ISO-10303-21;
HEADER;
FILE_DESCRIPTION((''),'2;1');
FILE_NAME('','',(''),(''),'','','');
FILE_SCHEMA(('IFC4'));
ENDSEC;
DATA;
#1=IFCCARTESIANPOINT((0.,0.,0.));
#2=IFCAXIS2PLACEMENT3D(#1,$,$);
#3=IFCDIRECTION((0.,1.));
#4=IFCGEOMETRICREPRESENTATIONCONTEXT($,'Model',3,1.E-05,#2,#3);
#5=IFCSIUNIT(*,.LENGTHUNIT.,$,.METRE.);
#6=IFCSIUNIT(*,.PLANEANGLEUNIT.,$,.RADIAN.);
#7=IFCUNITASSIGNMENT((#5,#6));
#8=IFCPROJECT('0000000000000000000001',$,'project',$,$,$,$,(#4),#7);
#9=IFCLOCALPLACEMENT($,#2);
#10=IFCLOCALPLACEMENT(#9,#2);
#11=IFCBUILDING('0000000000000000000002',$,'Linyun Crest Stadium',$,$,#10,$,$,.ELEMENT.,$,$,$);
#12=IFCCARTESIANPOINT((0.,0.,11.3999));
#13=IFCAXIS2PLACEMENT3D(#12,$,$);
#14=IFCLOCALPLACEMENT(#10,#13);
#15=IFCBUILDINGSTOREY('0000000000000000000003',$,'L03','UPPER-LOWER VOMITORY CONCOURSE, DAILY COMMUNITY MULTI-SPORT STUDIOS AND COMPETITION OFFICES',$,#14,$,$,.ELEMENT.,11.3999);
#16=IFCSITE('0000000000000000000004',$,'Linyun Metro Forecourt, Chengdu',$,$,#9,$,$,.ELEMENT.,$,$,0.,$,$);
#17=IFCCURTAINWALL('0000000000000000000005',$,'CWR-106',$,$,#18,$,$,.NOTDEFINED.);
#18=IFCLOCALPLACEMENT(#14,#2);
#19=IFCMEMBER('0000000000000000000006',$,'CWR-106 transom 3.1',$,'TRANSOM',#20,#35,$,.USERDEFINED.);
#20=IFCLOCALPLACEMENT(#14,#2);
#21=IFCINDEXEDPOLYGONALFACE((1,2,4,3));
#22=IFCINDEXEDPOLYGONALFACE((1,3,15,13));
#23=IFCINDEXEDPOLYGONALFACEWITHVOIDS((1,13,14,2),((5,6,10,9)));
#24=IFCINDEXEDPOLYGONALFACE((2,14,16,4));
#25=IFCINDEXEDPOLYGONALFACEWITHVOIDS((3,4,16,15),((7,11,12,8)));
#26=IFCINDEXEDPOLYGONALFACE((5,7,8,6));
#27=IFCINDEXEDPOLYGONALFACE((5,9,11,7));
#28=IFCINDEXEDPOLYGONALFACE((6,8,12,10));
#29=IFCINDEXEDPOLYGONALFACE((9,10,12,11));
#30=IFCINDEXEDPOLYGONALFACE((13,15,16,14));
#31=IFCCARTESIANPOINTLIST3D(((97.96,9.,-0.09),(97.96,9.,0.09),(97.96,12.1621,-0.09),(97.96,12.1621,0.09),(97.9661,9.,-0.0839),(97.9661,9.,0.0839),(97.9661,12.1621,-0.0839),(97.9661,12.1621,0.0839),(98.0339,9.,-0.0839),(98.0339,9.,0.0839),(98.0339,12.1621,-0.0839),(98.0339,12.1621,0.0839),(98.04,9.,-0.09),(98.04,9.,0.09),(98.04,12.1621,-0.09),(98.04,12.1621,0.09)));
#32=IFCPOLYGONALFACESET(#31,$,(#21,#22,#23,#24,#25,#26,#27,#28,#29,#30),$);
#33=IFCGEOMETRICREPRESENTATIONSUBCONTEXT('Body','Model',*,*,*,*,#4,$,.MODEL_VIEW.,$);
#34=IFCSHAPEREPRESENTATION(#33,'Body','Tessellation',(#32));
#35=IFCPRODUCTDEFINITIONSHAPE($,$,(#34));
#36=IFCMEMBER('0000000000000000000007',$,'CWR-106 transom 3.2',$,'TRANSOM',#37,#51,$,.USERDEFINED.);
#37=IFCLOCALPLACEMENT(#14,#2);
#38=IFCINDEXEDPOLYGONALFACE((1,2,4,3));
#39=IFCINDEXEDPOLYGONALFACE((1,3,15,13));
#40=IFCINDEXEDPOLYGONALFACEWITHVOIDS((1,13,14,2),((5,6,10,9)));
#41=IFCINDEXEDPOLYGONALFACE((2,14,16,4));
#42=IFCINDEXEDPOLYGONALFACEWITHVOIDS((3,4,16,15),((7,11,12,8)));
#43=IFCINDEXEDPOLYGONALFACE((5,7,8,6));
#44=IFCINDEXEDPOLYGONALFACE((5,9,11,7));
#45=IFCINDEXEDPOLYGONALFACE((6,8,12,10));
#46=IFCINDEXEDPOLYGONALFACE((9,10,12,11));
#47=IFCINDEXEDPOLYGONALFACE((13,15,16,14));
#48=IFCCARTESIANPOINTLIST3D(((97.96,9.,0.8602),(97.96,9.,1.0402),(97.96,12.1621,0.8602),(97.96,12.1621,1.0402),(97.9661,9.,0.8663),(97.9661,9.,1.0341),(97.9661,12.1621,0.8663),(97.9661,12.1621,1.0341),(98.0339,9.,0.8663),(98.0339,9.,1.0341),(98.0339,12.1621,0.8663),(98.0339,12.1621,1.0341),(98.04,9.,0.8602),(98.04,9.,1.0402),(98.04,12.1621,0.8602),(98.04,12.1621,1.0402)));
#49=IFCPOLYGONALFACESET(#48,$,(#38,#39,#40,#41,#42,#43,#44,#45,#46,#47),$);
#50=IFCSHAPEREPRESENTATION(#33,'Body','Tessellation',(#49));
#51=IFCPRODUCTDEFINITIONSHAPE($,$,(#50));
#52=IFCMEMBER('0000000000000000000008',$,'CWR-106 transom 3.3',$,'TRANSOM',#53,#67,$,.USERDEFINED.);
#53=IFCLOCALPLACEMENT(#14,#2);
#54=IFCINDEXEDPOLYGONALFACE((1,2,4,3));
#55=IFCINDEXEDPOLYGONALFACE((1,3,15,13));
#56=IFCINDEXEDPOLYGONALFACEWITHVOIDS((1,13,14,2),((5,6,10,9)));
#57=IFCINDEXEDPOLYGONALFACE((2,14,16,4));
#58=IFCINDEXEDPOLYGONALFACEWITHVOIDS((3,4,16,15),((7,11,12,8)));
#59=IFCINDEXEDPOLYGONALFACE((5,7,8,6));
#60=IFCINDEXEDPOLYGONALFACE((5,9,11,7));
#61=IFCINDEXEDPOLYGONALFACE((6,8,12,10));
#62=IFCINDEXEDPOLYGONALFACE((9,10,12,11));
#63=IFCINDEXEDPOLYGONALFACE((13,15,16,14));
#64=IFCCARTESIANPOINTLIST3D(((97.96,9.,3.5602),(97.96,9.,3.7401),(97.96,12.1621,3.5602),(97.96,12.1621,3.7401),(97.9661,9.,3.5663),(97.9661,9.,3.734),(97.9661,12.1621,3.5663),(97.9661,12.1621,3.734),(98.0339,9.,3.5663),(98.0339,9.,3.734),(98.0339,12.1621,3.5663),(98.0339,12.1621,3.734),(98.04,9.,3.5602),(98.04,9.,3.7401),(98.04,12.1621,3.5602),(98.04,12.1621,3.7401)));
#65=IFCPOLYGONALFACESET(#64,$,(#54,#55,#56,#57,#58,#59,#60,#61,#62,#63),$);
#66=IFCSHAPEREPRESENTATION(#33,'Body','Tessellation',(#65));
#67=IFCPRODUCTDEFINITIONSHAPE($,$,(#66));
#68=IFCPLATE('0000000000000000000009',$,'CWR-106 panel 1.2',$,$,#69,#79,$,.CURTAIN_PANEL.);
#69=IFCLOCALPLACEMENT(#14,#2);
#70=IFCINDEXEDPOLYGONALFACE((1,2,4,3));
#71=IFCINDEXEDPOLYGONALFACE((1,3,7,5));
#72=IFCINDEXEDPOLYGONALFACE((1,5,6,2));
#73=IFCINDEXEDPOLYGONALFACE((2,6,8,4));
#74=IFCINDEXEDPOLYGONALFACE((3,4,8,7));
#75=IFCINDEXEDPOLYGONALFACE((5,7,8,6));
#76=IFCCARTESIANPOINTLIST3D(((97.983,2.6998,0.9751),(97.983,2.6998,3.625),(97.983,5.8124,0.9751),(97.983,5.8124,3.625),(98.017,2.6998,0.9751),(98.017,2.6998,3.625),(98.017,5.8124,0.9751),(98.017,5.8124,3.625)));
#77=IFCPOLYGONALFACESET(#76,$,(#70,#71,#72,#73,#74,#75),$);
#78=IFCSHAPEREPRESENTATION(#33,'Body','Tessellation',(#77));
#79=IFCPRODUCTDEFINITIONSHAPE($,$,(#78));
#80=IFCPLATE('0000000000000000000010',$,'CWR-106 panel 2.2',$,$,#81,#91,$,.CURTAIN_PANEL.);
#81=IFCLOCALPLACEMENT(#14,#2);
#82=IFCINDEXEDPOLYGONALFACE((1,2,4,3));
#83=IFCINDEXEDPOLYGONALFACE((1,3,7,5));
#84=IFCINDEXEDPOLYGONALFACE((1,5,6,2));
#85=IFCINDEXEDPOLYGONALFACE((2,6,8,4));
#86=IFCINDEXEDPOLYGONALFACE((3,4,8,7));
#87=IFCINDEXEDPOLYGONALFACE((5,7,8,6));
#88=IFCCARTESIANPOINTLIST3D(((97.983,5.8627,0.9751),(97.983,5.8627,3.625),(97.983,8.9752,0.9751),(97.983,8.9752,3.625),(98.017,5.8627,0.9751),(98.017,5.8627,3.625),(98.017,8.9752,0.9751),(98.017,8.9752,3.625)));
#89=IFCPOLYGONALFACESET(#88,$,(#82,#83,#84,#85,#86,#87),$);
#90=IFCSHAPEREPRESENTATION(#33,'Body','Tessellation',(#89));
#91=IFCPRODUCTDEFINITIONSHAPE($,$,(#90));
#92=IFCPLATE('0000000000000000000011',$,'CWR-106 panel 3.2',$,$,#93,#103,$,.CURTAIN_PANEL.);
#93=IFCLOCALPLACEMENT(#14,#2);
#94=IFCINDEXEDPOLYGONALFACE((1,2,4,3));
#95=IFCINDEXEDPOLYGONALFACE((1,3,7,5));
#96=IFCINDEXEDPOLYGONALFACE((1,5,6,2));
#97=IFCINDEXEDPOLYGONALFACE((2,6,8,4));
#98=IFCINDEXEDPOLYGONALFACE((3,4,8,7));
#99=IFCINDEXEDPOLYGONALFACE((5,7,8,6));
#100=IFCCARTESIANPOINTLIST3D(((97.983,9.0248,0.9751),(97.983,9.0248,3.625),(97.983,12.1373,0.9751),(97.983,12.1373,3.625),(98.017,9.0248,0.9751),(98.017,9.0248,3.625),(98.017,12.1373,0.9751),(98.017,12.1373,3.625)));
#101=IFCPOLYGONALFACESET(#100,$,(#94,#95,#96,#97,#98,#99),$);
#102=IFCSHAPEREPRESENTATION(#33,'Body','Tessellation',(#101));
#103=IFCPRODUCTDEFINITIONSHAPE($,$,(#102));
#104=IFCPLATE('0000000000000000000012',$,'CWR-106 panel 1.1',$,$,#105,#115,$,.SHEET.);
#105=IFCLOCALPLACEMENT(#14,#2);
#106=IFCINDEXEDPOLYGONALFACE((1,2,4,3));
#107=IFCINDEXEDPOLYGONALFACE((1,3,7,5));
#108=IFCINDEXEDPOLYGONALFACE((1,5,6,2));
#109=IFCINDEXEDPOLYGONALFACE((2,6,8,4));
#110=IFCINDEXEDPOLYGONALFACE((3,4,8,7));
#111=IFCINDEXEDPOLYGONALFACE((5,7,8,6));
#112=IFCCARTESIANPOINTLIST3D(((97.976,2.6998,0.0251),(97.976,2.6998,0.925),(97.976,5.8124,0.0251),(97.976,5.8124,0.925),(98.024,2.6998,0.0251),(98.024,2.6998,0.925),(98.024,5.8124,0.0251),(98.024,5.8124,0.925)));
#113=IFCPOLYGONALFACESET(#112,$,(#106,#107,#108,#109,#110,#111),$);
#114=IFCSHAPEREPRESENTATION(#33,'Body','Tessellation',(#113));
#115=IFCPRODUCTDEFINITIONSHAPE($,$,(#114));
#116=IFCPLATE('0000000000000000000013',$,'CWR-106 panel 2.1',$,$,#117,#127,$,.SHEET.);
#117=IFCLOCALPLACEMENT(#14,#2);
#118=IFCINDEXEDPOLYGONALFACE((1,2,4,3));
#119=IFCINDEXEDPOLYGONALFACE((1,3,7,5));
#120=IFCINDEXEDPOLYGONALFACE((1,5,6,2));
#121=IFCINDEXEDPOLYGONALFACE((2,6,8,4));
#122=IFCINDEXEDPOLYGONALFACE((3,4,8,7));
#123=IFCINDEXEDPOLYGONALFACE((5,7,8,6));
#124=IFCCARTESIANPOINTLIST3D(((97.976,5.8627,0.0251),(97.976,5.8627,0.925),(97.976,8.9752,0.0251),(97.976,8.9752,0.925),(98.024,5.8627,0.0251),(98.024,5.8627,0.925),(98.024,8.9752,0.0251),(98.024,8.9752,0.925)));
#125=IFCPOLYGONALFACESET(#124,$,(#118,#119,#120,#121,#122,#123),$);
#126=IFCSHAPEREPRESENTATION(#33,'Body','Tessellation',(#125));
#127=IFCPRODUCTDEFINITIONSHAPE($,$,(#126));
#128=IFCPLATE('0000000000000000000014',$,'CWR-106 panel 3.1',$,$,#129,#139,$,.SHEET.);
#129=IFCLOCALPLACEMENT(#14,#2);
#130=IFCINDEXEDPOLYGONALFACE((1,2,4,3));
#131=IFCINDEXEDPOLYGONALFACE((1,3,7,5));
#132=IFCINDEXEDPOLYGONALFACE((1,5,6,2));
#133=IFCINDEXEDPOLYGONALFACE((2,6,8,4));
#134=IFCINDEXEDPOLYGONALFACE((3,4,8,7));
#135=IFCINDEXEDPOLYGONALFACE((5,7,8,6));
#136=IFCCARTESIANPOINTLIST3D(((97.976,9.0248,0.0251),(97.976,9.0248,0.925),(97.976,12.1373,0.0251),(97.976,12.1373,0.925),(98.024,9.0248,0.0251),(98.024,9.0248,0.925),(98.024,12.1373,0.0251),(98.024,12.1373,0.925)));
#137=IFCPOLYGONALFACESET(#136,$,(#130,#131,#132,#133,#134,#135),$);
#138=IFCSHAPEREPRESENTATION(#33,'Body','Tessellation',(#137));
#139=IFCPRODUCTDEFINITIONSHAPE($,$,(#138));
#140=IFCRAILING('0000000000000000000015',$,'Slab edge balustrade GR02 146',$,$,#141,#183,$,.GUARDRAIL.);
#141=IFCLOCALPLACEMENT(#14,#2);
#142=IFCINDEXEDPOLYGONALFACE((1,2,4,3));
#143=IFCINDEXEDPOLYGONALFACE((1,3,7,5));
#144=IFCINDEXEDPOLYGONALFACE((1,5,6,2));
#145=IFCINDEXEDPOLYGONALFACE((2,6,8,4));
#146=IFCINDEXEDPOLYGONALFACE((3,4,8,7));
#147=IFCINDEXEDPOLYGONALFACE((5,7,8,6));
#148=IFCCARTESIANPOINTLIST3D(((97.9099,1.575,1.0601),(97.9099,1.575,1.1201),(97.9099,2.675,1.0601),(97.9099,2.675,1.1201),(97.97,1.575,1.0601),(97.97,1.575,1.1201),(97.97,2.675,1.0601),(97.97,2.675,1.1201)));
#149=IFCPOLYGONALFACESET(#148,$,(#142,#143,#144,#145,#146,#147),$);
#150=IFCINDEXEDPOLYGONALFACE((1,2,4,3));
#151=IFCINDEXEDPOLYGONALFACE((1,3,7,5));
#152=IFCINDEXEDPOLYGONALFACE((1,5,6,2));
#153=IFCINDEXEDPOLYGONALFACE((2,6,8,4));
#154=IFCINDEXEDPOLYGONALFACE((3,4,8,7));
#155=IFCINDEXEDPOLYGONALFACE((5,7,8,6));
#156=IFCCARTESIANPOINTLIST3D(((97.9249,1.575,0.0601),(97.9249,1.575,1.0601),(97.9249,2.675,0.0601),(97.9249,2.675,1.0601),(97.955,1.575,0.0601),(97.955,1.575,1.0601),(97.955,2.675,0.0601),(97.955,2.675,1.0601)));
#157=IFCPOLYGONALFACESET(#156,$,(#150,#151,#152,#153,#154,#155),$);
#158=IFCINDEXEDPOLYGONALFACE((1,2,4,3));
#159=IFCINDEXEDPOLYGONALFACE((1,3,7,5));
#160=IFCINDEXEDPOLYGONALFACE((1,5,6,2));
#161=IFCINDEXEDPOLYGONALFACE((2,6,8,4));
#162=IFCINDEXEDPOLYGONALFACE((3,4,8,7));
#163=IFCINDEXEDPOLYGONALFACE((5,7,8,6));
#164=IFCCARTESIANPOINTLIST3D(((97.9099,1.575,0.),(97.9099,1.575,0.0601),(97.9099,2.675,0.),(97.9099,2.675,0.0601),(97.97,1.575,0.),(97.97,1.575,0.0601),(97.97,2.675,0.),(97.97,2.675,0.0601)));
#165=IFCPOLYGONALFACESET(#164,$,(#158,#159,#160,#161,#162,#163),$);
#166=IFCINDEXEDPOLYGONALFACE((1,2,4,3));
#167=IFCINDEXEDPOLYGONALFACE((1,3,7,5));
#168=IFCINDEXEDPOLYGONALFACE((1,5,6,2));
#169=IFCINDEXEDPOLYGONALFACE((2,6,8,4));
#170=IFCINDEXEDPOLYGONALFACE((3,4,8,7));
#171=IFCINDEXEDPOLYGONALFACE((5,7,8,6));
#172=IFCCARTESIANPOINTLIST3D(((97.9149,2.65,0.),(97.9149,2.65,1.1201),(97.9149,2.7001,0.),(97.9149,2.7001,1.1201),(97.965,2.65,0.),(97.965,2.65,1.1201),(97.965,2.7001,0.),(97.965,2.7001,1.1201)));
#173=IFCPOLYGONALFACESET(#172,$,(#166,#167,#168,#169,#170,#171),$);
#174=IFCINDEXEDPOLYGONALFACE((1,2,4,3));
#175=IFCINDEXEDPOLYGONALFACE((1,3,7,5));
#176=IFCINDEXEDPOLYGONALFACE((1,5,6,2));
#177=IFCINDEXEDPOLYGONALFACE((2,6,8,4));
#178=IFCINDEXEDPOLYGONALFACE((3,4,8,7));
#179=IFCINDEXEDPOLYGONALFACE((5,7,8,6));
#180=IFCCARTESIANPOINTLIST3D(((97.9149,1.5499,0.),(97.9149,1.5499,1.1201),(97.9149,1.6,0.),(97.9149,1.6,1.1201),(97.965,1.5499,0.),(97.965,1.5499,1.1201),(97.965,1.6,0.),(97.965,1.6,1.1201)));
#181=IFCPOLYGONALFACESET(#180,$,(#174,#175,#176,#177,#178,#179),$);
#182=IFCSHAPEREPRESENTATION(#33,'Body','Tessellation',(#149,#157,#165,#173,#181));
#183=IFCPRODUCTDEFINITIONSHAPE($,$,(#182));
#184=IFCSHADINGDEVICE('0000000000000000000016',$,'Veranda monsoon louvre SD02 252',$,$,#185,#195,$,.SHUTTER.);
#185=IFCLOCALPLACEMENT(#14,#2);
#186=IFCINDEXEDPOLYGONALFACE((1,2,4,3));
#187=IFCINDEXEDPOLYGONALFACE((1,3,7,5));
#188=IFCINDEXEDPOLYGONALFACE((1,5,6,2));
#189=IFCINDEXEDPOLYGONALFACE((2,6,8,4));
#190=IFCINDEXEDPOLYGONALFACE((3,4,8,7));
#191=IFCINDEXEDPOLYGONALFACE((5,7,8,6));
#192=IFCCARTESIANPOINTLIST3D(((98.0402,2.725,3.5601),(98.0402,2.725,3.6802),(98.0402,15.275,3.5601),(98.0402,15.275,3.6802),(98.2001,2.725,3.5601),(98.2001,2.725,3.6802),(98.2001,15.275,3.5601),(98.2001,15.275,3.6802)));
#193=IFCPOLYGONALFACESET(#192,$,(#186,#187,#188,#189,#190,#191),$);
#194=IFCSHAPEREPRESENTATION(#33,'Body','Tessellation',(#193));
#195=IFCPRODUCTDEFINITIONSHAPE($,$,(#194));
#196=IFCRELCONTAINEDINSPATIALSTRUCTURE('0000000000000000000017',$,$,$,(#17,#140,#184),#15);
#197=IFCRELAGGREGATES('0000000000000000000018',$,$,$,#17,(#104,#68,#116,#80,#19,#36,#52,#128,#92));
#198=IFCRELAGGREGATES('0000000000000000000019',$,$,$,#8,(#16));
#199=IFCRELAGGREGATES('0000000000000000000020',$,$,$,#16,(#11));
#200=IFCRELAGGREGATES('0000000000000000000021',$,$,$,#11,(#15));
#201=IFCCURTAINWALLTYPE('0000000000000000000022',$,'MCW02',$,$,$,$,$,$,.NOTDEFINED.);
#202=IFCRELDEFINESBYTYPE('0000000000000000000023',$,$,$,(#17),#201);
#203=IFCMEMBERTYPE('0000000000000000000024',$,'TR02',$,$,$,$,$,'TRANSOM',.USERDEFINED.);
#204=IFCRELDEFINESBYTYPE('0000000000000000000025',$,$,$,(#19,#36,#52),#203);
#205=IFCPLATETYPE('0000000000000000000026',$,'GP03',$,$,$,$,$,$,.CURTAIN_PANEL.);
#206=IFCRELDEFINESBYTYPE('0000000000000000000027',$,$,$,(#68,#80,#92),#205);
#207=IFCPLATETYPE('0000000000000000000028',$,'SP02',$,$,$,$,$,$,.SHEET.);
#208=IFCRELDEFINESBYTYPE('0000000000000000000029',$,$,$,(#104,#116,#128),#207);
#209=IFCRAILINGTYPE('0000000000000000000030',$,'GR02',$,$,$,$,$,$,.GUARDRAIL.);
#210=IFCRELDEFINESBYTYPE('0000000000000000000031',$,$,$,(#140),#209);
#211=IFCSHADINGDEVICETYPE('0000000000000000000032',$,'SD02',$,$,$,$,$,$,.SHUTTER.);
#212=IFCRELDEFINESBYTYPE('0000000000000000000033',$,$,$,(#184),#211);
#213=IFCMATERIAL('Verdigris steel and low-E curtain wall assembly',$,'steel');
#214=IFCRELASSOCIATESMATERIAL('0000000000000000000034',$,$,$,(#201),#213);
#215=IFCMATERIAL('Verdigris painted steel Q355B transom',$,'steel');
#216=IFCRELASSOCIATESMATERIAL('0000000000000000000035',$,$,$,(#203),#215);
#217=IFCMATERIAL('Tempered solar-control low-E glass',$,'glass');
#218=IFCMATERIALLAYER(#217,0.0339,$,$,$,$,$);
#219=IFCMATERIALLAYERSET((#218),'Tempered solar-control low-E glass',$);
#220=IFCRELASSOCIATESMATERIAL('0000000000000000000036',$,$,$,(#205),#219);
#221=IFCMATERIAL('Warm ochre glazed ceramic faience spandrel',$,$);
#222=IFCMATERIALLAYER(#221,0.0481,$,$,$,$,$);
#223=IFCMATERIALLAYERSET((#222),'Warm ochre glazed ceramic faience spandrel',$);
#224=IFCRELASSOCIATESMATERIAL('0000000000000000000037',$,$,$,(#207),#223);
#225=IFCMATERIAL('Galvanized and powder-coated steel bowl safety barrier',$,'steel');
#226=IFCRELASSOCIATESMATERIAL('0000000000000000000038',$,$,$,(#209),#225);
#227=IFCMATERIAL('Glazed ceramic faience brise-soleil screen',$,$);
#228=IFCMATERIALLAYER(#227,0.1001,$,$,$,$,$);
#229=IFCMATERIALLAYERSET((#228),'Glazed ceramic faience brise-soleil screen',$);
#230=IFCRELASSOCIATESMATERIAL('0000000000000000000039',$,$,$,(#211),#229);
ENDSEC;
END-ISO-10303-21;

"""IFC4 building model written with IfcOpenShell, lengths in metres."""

from ifc_helpers import new_model, si_unit, direction, frame, origin, origin_2d, place, context, subcontext, project, spatial, rectangle, hollow_rectangle, extrude, material, layer, layer_set, material_profile, profile_set, type_object, element, aggregate, save


model = new_model("IFC4")

# Units and contexts
model_context = context("Model", 3, precision=1e-05, world=origin(), true_north=direction((0.0, 1.0)))
body_context = subcontext(model_context, "Body", "Model", "MODEL_VIEW")
ifc_project = project(units=[si_unit("LENGTHUNIT", "METRE"), si_unit("PLANEANGLEUNIT", "RADIAN")], contexts=[model_context])

# Site, building, storey
site_placement = place(None, origin())
site = spatial("IfcSite", under=ifc_project, at=site_placement, Name="Linyun Metro Forecourt, Chengdu", CompositionType="ELEMENT", RefElevation=0.0)
building_placement = place(site_placement, origin())
building = spatial("IfcBuilding", under=site, at=building_placement, Name="Linyun Crest Stadium", CompositionType="ELEMENT")
storey_placement = place(building_placement, frame((0.0, 0.0, 11.3999)))
storey = spatial("IfcBuildingStorey", under=building, at=storey_placement, Name="L03", Description="UPPER-LOWER VOMITORY CONCOURSE, DAILY COMMUNITY MULTI-SPORT STUDIOS AND COMPETITION OFFICES", CompositionType="ELEMENT", Elevation=11.3999)

# Curtain wall, members, plates
ifc_material_1 = material(Name="Verdigris steel and low-E curtain wall assembly", Category="steel")
curtain_wall_type = type_object("IfcCurtainWallType", Name="MCW02", PredefinedType="NOTDEFINED", material=ifc_material_1)
curtain_wall_placement = place(storey_placement, origin())
curtain_wall = element("IfcCurtainWall", 1, at=curtain_wall_placement, inside=storey, type_object=curtain_wall_type, Name="CWR-106", PredefinedType="NOTDEFINED")
ifc_material_2 = material(Name="Verdigris painted steel Q355B transom", Category="steel")
ifc_material_profile_1 = material_profile(ifc_material_2, hollow_rectangle(XDim=0.0801, YDim=0.1799, WallThickness=0.0061, at=origin_2d()), Name="RHS 180x80x6")
ifc_profile_set_1 = profile_set([ifc_material_profile_1], Name="Verdigris painted steel Q355B transom")
member_type_1 = type_object("IfcMemberType", Name="TR02", ElementType="TRANSOM", PredefinedType="USERDEFINED", material=ifc_profile_set_1)
member_1_placement = place(storey_placement, frame((98.0, 9.0, 0.0), z_axis=(0.0, 1.0, 0.0), x_axis=(-1.0, 0.0, 0.0)))
member_1 = element("IfcMember", 2, at=member_1_placement, type_object=member_type_1, Name="CWR-106 transom 3.1", ObjectType="TRANSOM", PredefinedType="USERDEFINED", context=body_context, shape_type="SweptSolid", body=[
    extrude(hollow_rectangle(XDim=0.0801, YDim=0.1799, WallThickness=0.0061, at=origin_2d()), origin(), (0.0, 0.0, 1.0), 3.1621),
])
member_2_placement = place(storey_placement, frame((98.0, 9.0, 0.9502), z_axis=(0.0, 1.0, 0.0), x_axis=(-1.0, 0.0, 0.0)))
member_2 = element("IfcMember", 3, at=member_2_placement, type_object=member_type_1, Name="CWR-106 transom 3.2", ObjectType="TRANSOM", PredefinedType="USERDEFINED", context=body_context, shape_type="SweptSolid", body=[
    extrude(hollow_rectangle(XDim=0.0801, YDim=0.1799, WallThickness=0.0061, at=origin_2d()), origin(), (0.0, 0.0, 1.0), 3.1621),
])
member_3_placement = place(storey_placement, frame((98.0, 9.0, 3.6501), z_axis=(0.0, 1.0, 0.0), x_axis=(-1.0, 0.0, 0.0)))
member_3 = element("IfcMember", 4, at=member_3_placement, type_object=member_type_1, Name="CWR-106 transom 3.3", ObjectType="TRANSOM", PredefinedType="USERDEFINED", context=body_context, shape_type="SweptSolid", body=[
    extrude(hollow_rectangle(XDim=0.0801, YDim=0.1799, WallThickness=0.0061, at=origin_2d()), origin(), (0.0, 0.0, 1.0), 3.1621),
])
ifc_material_3 = material(Name="Tempered solar-control low-E glass", Category="glass")
ifc_layer_1 = layer(ifc_material_3, 0.0339)
ifc_layer_set_1 = layer_set([ifc_layer_1], Name="Tempered solar-control low-E glass")
plate_type_1 = type_object("IfcPlateType", Name="GP03", PredefinedType="CURTAIN_PANEL", material=ifc_layer_set_1)
plate_1_placement = place(storey_placement, frame((98.0, 4.2561, 0.9751), z_axis=(0.0, 0.0, 1.0), x_axis=(0.0, 1.0, 0.0)))
plate_1 = element("IfcPlate", 5, at=plate_1_placement, type_object=plate_type_1, Name="CWR-106 panel 1.2", PredefinedType="CURTAIN_PANEL", context=body_context, shape_type="SweptSolid", body=[
    extrude(rectangle(XDim=3.1125, YDim=0.0339, at=origin_2d()), origin(), (0.0, 0.0, 1.0), 2.6499),
])
plate_2_placement = place(storey_placement, frame((98.0, 7.4189, 0.9751), z_axis=(0.0, 0.0, 1.0), x_axis=(0.0, 1.0, 0.0)))
plate_2 = element("IfcPlate", 6, at=plate_2_placement, type_object=plate_type_1, Name="CWR-106 panel 2.2", PredefinedType="CURTAIN_PANEL", context=body_context, shape_type="SweptSolid", body=[
    extrude(rectangle(XDim=3.1125, YDim=0.0339, at=origin_2d()), origin(), (0.0, 0.0, 1.0), 2.6499),
])
plate_3_placement = place(storey_placement, frame((98.0, 10.5811, 0.9751), z_axis=(0.0, 0.0, 1.0), x_axis=(0.0, 1.0, 0.0)))
plate_3 = element("IfcPlate", 7, at=plate_3_placement, type_object=plate_type_1, Name="CWR-106 panel 3.2", PredefinedType="CURTAIN_PANEL", context=body_context, shape_type="SweptSolid", body=[
    extrude(rectangle(XDim=3.1125, YDim=0.0339, at=origin_2d()), origin(), (0.0, 0.0, 1.0), 2.6499),
])
ifc_material_4 = material(Name="Warm ochre glazed ceramic faience spandrel")
ifc_layer_2 = layer(ifc_material_4, 0.0481)
ifc_layer_set_2 = layer_set([ifc_layer_2], Name="Warm ochre glazed ceramic faience spandrel")
plate_type_2 = type_object("IfcPlateType", Name="SP02", PredefinedType="SHEET", material=ifc_layer_set_2)
plate_4_placement = place(storey_placement, frame((98.0, 4.2561, 0.0251), z_axis=(0.0, 0.0, 1.0), x_axis=(0.0, 1.0, 0.0)))
plate_4 = element("IfcPlate", 8, at=plate_4_placement, type_object=plate_type_2, Name="CWR-106 panel 1.1", PredefinedType="SHEET", context=body_context, shape_type="SweptSolid", body=[
    extrude(rectangle(XDim=3.1125, YDim=0.0481, at=origin_2d()), origin(), (0.0, 0.0, 1.0), 0.8999),
])
plate_5_placement = place(storey_placement, frame((98.0, 7.4189, 0.0251), z_axis=(0.0, 0.0, 1.0), x_axis=(0.0, 1.0, 0.0)))
plate_5 = element("IfcPlate", 9, at=plate_5_placement, type_object=plate_type_2, Name="CWR-106 panel 2.1", PredefinedType="SHEET", context=body_context, shape_type="SweptSolid", body=[
    extrude(rectangle(XDim=3.1125, YDim=0.0481, at=origin_2d()), origin(), (0.0, 0.0, 1.0), 0.8999),
])
plate_6_placement = place(storey_placement, frame((98.0, 10.5811, 0.0251), z_axis=(0.0, 0.0, 1.0), x_axis=(0.0, 1.0, 0.0)))
plate_6 = element("IfcPlate", 10, at=plate_6_placement, type_object=plate_type_2, Name="CWR-106 panel 3.1", PredefinedType="SHEET", context=body_context, shape_type="SweptSolid", body=[
    extrude(rectangle(XDim=3.1125, YDim=0.0481, at=origin_2d()), origin(), (0.0, 0.0, 1.0), 0.8999),
])
aggregate(curtain_wall, [plate_4, plate_1, plate_5, plate_2, member_1, member_2, member_3, plate_6, plate_3])

# Railing
ifc_material_5 = material(Name="Galvanized and powder-coated steel bowl safety barrier", Category="steel")
railing_type = type_object("IfcRailingType", Name="GR02", PredefinedType="GUARDRAIL", material=ifc_material_5)
railing_placement = place(storey_placement, frame((97.9399, 2.675, 0.0)))
element("IfcRailing", 11, at=railing_placement, inside=storey, type_object=railing_type, Name="Slab edge balustrade GR02 146", PredefinedType="GUARDRAIL", context=body_context, shape_type="SweptSolid", body=[
    extrude(rectangle(XDim=0.0601, YDim=0.0601, at=origin_2d()), frame((0.0, 0.0, 1.0901), z_axis=(0.0, -1.0, 0.0), x_axis=(1.0, 0.0, 0.0)), (0.0, 0.0, 1.0), 1.1001),
    extrude(rectangle(XDim=0.03, YDim=1.0, at=origin_2d()), frame((0.0, 0.0, 0.5601), z_axis=(0.0, -1.0, 0.0), x_axis=(1.0, 0.0, 0.0)), (0.0, 0.0, 1.0), 1.1001),
    extrude(rectangle(XDim=0.0601, YDim=0.0601, at=origin_2d()), frame((0.0, 0.0, 0.03), z_axis=(0.0, -1.0, 0.0), x_axis=(1.0, 0.0, 0.0)), (0.0, 0.0, 1.0), 1.1001),
    extrude(rectangle(XDim=0.05, YDim=0.05, at=origin_2d()), origin(), (0.0, 0.0, 1.0), 1.1201),
    extrude(rectangle(XDim=0.05, YDim=0.05, at=origin_2d()), frame((0.0, -1.1001, 0.0)), (0.0, 0.0, 1.0), 1.1201),
])

# Shading device
ifc_material_6 = material(Name="Glazed ceramic faience brise-soleil screen")
ifc_layer_3 = layer(ifc_material_6, 0.1001)
ifc_layer_set_3 = layer_set([ifc_layer_3], Name="Glazed ceramic faience brise-soleil screen")
shading_device_type = type_object("IfcShadingDeviceType", Name="SD02", PredefinedType="SHUTTER", material=ifc_layer_set_3)
shading_device_placement = place(storey_placement, frame((98.1201, 9.0, 3.5601), z_axis=(0.0, 0.0, 1.0), x_axis=(1.0, 0.0, 0.0)))
element("IfcShadingDevice", 12, at=shading_device_placement, inside=storey, type_object=shading_device_type, Name="Veranda monsoon louvre SD02 252", PredefinedType="SHUTTER", context=body_context, shape_type="SweptSolid", body=[
    extrude(rectangle(XDim=0.1599, YDim=12.55, at=origin_2d()), origin(), (0.0, 0.0, 1.0), 0.1201),
])

save(model, "model.ifc")
